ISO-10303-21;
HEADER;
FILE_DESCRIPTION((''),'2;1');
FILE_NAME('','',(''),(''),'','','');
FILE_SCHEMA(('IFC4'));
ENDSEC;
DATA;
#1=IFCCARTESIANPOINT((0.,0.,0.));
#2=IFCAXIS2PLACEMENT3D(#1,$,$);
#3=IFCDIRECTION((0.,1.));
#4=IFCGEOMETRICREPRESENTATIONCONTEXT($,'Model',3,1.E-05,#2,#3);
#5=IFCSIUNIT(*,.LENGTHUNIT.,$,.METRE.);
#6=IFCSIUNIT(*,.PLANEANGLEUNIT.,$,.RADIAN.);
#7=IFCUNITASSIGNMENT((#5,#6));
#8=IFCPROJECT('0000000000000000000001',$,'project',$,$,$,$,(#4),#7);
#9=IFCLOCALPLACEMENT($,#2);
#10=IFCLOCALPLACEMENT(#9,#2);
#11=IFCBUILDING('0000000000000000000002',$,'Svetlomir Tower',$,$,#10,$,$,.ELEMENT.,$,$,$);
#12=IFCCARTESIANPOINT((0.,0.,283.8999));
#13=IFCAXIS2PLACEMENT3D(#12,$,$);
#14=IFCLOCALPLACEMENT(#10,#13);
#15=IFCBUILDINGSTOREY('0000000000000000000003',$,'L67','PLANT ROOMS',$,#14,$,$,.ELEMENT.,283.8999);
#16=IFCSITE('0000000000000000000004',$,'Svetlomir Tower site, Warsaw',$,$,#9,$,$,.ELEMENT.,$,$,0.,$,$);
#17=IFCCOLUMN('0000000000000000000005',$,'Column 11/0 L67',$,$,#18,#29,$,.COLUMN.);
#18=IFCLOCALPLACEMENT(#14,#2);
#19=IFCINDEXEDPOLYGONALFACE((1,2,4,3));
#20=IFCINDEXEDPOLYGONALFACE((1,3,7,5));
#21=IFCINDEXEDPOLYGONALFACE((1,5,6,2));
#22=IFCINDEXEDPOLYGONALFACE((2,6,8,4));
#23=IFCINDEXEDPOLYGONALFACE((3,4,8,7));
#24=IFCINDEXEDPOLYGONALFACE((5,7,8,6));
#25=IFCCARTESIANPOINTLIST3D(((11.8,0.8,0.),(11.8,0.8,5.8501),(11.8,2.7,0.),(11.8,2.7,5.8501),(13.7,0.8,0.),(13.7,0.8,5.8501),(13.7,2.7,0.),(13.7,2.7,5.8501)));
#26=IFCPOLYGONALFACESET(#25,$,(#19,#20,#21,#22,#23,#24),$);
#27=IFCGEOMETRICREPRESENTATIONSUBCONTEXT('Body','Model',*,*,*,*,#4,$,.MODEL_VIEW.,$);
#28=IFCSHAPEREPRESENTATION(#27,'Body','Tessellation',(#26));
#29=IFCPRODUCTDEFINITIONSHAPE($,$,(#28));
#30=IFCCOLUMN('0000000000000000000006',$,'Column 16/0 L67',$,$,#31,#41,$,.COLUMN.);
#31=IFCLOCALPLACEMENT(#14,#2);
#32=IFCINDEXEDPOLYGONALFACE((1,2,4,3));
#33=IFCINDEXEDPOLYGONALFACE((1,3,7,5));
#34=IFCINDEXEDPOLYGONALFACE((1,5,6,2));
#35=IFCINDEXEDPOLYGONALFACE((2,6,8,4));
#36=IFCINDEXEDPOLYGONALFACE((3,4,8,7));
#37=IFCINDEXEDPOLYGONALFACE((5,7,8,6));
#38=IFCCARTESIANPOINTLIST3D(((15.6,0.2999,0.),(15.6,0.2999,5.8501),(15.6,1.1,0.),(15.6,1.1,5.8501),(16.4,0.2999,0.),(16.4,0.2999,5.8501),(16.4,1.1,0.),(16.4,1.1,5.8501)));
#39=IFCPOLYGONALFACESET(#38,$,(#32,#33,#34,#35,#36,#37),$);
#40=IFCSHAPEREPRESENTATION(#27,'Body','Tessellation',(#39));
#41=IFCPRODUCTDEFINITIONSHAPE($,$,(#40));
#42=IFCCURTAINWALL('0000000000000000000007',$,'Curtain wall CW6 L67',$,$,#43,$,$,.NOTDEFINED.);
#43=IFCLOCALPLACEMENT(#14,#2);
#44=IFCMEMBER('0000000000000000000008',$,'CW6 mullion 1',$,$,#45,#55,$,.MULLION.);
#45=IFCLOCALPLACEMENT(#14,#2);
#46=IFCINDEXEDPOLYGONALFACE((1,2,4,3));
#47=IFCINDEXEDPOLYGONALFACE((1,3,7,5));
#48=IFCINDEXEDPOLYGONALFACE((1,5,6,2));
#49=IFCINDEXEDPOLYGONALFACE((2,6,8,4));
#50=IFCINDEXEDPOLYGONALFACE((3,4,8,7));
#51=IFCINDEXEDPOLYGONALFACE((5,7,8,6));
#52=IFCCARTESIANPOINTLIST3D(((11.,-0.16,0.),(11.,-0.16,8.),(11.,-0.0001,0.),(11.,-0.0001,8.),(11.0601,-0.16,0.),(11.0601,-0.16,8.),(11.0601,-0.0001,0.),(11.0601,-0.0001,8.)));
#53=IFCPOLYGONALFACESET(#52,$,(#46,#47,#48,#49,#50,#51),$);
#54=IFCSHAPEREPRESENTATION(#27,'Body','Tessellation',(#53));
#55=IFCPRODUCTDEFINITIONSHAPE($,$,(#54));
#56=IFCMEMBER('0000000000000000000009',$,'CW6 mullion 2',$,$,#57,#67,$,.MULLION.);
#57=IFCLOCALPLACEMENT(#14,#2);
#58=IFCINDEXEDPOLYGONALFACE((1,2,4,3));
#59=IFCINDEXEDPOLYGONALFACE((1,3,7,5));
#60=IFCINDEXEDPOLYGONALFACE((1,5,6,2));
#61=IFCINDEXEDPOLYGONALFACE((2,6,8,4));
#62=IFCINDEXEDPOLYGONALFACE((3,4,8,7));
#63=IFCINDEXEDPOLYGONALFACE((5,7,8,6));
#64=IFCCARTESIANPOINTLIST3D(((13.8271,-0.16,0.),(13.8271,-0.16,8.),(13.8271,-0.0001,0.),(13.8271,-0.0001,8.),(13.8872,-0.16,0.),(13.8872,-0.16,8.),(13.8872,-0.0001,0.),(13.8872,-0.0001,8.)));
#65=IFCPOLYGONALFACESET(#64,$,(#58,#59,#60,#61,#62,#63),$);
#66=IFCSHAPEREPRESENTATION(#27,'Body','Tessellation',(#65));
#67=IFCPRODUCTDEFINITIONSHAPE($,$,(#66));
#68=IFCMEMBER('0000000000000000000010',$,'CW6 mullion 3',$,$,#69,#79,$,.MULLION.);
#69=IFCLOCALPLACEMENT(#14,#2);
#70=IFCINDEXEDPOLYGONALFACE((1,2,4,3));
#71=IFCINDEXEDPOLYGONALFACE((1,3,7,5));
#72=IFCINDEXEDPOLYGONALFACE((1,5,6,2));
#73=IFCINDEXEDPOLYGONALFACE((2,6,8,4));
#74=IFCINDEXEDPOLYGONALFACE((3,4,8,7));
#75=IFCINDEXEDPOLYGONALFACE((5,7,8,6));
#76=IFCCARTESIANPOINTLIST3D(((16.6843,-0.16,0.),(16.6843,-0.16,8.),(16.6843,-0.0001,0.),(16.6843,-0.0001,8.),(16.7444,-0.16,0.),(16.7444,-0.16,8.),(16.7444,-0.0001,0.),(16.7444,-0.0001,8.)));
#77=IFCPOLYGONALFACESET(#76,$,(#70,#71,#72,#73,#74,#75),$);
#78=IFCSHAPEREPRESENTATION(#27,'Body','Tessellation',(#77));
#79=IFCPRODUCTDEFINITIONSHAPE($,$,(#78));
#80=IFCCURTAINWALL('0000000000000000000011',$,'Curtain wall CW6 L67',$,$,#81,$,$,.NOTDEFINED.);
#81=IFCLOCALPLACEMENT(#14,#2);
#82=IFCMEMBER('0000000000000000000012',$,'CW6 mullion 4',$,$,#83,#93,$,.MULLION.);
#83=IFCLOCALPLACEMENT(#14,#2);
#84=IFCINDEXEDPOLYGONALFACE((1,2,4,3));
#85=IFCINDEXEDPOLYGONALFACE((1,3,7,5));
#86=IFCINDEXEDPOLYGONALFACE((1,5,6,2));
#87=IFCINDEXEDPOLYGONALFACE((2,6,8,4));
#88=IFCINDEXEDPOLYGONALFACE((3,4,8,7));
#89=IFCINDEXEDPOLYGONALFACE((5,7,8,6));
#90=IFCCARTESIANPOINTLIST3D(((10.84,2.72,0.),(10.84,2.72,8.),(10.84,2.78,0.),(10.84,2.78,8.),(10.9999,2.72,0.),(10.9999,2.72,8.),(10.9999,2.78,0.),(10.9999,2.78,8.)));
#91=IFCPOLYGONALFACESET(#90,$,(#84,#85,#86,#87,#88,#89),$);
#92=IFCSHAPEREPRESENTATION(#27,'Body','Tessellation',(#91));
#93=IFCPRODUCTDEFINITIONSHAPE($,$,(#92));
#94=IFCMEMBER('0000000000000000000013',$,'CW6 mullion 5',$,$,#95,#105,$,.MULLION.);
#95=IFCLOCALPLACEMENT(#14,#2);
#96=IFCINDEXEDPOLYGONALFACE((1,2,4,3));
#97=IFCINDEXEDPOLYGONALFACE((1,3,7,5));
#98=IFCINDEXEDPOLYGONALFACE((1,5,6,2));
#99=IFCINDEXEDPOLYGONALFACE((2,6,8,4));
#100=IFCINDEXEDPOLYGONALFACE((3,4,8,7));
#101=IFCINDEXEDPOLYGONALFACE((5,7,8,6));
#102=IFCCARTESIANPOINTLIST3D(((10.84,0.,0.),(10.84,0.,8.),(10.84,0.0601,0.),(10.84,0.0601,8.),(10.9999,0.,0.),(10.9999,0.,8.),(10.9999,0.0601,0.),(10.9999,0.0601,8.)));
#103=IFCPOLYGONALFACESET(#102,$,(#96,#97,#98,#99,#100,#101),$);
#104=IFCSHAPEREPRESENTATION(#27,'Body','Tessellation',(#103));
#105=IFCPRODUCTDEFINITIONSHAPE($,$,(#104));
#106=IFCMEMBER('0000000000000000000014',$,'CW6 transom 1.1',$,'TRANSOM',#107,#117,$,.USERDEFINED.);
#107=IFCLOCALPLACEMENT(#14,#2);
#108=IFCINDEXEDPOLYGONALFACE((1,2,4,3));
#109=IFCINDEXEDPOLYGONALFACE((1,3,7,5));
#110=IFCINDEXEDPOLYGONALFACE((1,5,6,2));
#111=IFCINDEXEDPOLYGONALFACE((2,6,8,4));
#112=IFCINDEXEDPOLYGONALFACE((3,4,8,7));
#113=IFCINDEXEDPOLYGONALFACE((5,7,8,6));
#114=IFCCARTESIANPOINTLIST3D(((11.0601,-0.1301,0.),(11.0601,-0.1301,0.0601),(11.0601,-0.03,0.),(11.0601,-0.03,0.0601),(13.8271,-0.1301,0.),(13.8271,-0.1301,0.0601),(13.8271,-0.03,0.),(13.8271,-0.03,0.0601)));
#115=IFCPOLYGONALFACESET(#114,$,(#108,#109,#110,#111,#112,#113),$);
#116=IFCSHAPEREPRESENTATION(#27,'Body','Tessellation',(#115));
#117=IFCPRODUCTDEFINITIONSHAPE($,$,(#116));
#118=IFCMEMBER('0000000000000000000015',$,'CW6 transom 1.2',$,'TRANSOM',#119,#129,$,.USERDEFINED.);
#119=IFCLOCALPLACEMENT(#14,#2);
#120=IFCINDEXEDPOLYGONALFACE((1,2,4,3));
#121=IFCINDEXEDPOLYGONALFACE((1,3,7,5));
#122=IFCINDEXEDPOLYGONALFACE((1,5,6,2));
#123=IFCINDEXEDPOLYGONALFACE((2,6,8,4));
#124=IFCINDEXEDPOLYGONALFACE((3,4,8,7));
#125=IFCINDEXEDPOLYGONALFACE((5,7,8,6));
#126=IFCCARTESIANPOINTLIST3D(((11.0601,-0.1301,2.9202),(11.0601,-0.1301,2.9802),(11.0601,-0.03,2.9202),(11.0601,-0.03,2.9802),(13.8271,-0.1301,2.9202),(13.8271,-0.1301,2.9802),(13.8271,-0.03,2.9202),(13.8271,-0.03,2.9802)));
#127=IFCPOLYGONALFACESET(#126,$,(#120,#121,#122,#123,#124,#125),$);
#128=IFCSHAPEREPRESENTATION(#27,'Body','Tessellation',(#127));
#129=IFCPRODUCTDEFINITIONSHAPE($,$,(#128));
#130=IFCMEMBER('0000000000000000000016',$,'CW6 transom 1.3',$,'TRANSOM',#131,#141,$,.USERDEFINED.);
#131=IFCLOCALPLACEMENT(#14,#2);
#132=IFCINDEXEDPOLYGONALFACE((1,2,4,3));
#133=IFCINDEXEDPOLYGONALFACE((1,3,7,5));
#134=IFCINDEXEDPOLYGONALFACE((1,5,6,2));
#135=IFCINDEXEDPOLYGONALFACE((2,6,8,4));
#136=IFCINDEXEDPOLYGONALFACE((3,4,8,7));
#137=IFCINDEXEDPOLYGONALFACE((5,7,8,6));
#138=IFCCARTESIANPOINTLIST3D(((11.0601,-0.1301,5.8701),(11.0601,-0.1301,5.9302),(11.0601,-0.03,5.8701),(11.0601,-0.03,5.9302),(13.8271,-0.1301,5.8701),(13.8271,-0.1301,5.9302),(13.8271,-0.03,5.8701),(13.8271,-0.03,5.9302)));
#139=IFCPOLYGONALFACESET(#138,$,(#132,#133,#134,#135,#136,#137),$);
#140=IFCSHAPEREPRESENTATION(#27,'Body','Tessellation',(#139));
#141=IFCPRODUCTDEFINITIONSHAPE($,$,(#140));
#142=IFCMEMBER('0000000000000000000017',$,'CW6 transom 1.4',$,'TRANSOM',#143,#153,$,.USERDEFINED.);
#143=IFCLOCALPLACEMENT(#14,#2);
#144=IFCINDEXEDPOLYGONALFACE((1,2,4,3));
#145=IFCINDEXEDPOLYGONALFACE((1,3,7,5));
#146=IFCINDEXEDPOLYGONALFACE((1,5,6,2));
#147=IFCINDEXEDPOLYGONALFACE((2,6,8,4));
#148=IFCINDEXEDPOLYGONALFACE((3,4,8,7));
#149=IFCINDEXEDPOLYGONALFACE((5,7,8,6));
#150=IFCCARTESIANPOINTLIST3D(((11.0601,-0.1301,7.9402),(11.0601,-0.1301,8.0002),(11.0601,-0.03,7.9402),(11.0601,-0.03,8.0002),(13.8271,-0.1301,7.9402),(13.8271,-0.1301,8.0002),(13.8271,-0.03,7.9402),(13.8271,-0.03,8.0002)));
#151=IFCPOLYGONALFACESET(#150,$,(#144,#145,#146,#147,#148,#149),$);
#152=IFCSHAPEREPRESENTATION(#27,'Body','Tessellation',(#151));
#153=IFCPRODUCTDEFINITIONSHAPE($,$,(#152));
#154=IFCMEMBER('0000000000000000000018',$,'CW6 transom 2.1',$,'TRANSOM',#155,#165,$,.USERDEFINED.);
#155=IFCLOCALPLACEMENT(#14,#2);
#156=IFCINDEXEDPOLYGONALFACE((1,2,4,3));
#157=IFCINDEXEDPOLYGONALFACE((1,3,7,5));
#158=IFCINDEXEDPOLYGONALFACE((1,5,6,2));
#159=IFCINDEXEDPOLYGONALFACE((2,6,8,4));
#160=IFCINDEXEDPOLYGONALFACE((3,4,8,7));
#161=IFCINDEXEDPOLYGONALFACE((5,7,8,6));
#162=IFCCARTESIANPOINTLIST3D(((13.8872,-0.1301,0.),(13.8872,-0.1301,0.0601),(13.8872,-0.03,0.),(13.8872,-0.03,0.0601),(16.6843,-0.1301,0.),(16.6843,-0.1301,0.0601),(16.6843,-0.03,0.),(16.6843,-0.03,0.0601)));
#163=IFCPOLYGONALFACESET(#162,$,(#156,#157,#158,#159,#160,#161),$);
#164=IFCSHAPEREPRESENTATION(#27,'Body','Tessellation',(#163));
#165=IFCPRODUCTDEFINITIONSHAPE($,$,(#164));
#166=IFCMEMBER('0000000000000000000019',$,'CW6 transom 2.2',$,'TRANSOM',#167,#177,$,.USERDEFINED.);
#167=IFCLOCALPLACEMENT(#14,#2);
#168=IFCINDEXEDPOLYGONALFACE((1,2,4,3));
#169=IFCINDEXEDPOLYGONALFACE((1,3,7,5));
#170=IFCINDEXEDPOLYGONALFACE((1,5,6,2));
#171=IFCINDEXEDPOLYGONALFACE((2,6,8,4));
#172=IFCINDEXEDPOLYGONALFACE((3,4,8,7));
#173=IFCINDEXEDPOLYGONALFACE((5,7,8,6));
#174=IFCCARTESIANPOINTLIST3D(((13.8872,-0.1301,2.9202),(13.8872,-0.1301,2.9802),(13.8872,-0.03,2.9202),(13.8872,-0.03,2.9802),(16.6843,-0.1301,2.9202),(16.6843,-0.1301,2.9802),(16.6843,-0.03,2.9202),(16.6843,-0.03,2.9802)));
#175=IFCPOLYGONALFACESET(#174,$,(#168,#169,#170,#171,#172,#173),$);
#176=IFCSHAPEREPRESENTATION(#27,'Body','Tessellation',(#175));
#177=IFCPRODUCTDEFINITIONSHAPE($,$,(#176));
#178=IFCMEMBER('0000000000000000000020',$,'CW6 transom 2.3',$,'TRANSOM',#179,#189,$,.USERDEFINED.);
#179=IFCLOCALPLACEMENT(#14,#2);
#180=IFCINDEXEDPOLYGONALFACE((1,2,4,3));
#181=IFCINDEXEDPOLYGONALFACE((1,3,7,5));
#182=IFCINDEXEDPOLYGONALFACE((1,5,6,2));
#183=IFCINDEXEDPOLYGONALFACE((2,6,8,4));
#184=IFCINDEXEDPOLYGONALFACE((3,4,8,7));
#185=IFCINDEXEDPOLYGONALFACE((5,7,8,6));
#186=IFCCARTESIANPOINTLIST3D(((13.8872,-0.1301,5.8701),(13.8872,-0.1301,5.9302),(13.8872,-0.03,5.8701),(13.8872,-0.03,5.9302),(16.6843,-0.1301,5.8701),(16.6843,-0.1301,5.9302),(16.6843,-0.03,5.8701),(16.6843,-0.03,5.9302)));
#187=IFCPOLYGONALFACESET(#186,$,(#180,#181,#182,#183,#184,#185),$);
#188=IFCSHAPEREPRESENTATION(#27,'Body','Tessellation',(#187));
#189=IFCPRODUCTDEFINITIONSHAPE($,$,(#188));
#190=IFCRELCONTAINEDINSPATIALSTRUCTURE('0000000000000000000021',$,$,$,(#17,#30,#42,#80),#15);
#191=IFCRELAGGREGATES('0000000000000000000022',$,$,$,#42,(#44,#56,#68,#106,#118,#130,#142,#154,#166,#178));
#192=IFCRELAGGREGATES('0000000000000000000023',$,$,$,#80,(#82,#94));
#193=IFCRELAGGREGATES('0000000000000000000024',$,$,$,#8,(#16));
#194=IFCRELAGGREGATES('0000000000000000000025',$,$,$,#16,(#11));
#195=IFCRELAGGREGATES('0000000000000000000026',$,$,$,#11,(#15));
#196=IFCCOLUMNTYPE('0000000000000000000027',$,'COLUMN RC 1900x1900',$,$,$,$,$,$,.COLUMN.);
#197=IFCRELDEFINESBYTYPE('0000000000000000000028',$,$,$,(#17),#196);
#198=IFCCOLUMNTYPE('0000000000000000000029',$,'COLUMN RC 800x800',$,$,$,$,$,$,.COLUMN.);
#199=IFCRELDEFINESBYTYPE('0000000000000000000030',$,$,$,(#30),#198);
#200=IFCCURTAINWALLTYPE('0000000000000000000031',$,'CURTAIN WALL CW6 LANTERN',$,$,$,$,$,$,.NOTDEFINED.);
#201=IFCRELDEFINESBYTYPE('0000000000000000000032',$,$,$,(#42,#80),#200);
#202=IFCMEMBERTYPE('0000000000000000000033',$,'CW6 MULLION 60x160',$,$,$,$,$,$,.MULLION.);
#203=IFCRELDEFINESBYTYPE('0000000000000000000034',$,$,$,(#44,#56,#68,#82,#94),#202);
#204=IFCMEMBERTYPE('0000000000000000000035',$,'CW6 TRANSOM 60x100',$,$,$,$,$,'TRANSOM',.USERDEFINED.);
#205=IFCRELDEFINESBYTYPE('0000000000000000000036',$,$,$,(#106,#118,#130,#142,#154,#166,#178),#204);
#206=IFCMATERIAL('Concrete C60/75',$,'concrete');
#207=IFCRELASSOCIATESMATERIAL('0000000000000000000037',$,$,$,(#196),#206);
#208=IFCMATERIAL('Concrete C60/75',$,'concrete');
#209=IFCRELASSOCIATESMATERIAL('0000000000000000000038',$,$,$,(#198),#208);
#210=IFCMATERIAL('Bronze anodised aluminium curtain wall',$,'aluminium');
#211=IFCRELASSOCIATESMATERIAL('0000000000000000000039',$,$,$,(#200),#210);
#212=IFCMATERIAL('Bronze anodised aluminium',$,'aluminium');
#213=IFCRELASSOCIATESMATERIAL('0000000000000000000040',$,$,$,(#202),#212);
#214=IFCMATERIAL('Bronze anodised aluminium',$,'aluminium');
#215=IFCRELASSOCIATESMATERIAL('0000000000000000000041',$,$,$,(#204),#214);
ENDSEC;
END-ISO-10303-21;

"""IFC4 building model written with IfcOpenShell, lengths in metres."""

from ifc_helpers import new_model, si_unit, direction, frame, origin, origin_2d, place, context, subcontext, project, spatial, rectangle, extrude, material, material_profile, profile_set, type_object, element, aggregate, save


model = new_model("IFC4")

# Units and contexts
model_context = context("Model", 3, precision=1e-05, world=origin(), true_north=direction((0.0, 1.0)))
body_context = subcontext(model_context, "Body", "Model", "MODEL_VIEW")
ifc_project = project(units=[si_unit("LENGTHUNIT", "METRE"), si_unit("PLANEANGLEUNIT", "RADIAN")], contexts=[model_context])

# Site, building, storey
site_placement = place(None, origin())
site = spatial("IfcSite", under=ifc_project, at=site_placement, Name="Svetlomir Tower site, Warsaw", CompositionType="ELEMENT", RefElevation=0.0)
building_placement = place(site_placement, origin())
building = spatial("IfcBuilding", under=site, at=building_placement, Name="Svetlomir Tower", CompositionType="ELEMENT")
storey_placement = place(building_placement, frame((0.0, 0.0, 283.8999)))
storey = spatial("IfcBuildingStorey", under=building, at=storey_placement, Name="L67", Description="PLANT ROOMS", CompositionType="ELEMENT", Elevation=283.8999)

# Columns
ifc_material_1 = material(Name="Concrete C60/75", Category="concrete")
ifc_material_profile_1 = material_profile(ifc_material_1, rectangle(XDim=1.8999, YDim=1.8999, at=origin_2d()), Name="RC 1900x1900")
ifc_profile_set_1 = profile_set([ifc_material_profile_1], Name="Concrete C60/75")
column_type_1 = type_object("IfcColumnType", Name="COLUMN RC 1900x1900", PredefinedType="COLUMN", material=ifc_profile_set_1)
column_1_placement = place(storey_placement, frame((12.75, 1.75, 0.0), z_axis=(0.0, 0.0, 1.0), x_axis=(1.0, 0.0, 0.0)))
element("IfcColumn", 1, at=column_1_placement, inside=storey, type_object=column_type_1, Name="Column 11/0 L67", PredefinedType="COLUMN", context=body_context, shape_type="SweptSolid", body=[
    extrude(rectangle(XDim=1.8999, YDim=1.8999, at=origin_2d()), origin(), (0.0, 0.0, 1.0), 5.8501),
])
ifc_material_2 = material(Name="Concrete C60/75", Category="concrete")
ifc_material_profile_2 = material_profile(ifc_material_2, rectangle(XDim=0.8, YDim=0.8, at=origin_2d()), Name="RC 800x800")
ifc_profile_set_2 = profile_set([ifc_material_profile_2], Name="Concrete C60/75")
column_type_2 = type_object("IfcColumnType", Name="COLUMN RC 800x800", PredefinedType="COLUMN", material=ifc_profile_set_2)
column_2_placement = place(storey_placement, frame((16.0, 0.7, 0.0), z_axis=(0.0, 0.0, 1.0), x_axis=(1.0, 0.0, 0.0)))
element("IfcColumn", 2, at=column_2_placement, inside=storey, type_object=column_type_2, Name="Column 16/0 L67", PredefinedType="COLUMN", context=body_context, shape_type="SweptSolid", body=[
    extrude(rectangle(XDim=0.8, YDim=0.8, at=origin_2d()), origin(), (0.0, 0.0, 1.0), 5.8501),
])

# Curtain walls, members
ifc_material_3 = material(Name="Bronze anodised aluminium curtain wall", Category="aluminium")
curtain_wall_type = type_object("IfcCurtainWallType", Name="CURTAIN WALL CW6 LANTERN", PredefinedType="NOTDEFINED", material=ifc_material_3)
curtain_wall_1_placement = place(storey_placement, origin())
curtain_wall_1 = element("IfcCurtainWall", 3, at=curtain_wall_1_placement, inside=storey, type_object=curtain_wall_type, Name="Curtain wall CW6 L67", PredefinedType="NOTDEFINED")
ifc_material_4 = material(Name="Bronze anodised aluminium", Category="aluminium")
ifc_material_profile_3 = material_profile(ifc_material_4, rectangle(XDim=0.0601, YDim=0.1599, at=origin_2d()), Name="AL 60x160")
ifc_profile_set_3 = profile_set([ifc_material_profile_3], Name="Bronze anodised aluminium 6063-T6")
member_type_1 = type_object("IfcMemberType", Name="CW6 MULLION 60x160", PredefinedType="MULLION", material=ifc_profile_set_3)
member_1_placement = place(storey_placement, frame((11.03, -0.0801, 0.0), z_axis=(0.0, 0.0, 1.0), x_axis=(1.0, 0.0, 0.0)))
member_1 = element("IfcMember", 4, at=member_1_placement, type_object=member_type_1, Name="CW6 mullion 1", PredefinedType="MULLION", context=body_context, shape_type="SweptSolid", body=[
    extrude(rectangle(XDim=0.0601, YDim=0.1599, at=origin_2d()), origin(), (0.0, 0.0, 1.0), 8.0),
])
member_2_placement = place(storey_placement, frame((13.8572, -0.0801, 0.0), z_axis=(0.0, 0.0, 1.0), x_axis=(1.0, 0.0, 0.0)))
member_2 = element("IfcMember", 5, at=member_2_placement, type_object=member_type_1, Name="CW6 mullion 2", PredefinedType="MULLION", context=body_context, shape_type="SweptSolid", body=[
    extrude(rectangle(XDim=0.0601, YDim=0.1599, at=origin_2d()), origin(), (0.0, 0.0, 1.0), 8.0),
])
member_3_placement = place(storey_placement, frame((16.7144, -0.0801, 0.0), z_axis=(0.0, 0.0, 1.0), x_axis=(1.0, 0.0, 0.0)))
member_3 = element("IfcMember", 6, at=member_3_placement, type_object=member_type_1, Name="CW6 mullion 3", PredefinedType="MULLION", context=body_context, shape_type="SweptSolid", body=[
    extrude(rectangle(XDim=0.0601, YDim=0.1599, at=origin_2d()), origin(), (0.0, 0.0, 1.0), 8.0),
])
curtain_wall_2_placement = place(storey_placement, origin())
curtain_wall_2 = element("IfcCurtainWall", 7, at=curtain_wall_2_placement, inside=storey, type_object=curtain_wall_type, Name="Curtain wall CW6 L67", PredefinedType="NOTDEFINED")
member_4_placement = place(storey_placement, frame((10.9199, 2.75, 0.0), z_axis=(0.0, 0.0, 1.0), x_axis=(0.0, -1.0, 0.0)))
member_4 = element("IfcMember", 8, at=member_4_placement, type_object=member_type_1, Name="CW6 mullion 4", PredefinedType="MULLION", context=body_context, shape_type="SweptSolid", body=[
    extrude(rectangle(XDim=0.0601, YDim=0.1599, at=origin_2d()), origin(), (0.0, 0.0, 1.0), 8.0),
])
member_5_placement = place(storey_placement, frame((10.9199, 0.03, 0.0), z_axis=(0.0, 0.0, 1.0), x_axis=(0.0, -1.0, 0.0)))
member_5 = element("IfcMember", 9, at=member_5_placement, type_object=member_type_1, Name="CW6 mullion 5", PredefinedType="MULLION", context=body_context, shape_type="SweptSolid", body=[
    extrude(rectangle(XDim=0.0601, YDim=0.1599, at=origin_2d()), origin(), (0.0, 0.0, 1.0), 8.0),
])

# Members
ifc_material_5 = material(Name="Bronze anodised aluminium", Category="aluminium")
ifc_material_profile_4 = material_profile(ifc_material_5, rectangle(XDim=0.1001, YDim=0.0601, at=origin_2d()), Name="AL 100x60")
ifc_profile_set_4 = profile_set([ifc_material_profile_4], Name="Bronze anodised aluminium 6063-T6")
member_type_2 = type_object("IfcMemberType", Name="CW6 TRANSOM 60x100", ElementType="TRANSOM", PredefinedType="USERDEFINED", material=ifc_profile_set_4)
member_6_placement = place(storey_placement, frame((11.0601, -0.0801, 0.03), z_axis=(1.0, 0.0, 0.0), x_axis=(0.0, 1.0, 0.0)))
member_6 = element("IfcMember", 10, at=member_6_placement, type_object=member_type_2, Name="CW6 transom 1.1", ObjectType="TRANSOM", PredefinedType="USERDEFINED", context=body_context, shape_type="SweptSolid", body=[
    extrude(rectangle(XDim=0.1001, YDim=0.0601, at=origin_2d()), origin(), (0.0, 0.0, 1.0), 2.7671),
])
member_7_placement = place(storey_placement, frame((11.0601, -0.0801, 2.9502), z_axis=(1.0, 0.0, 0.0), x_axis=(0.0, 1.0, 0.0)))
member_7 = element("IfcMember", 11, at=member_7_placement, type_object=member_type_2, Name="CW6 transom 1.2", ObjectType="TRANSOM", PredefinedType="USERDEFINED", context=body_context, shape_type="SweptSolid", body=[
    extrude(rectangle(XDim=0.1001, YDim=0.0601, at=origin_2d()), origin(), (0.0, 0.0, 1.0), 2.7671),
])
member_8_placement = place(storey_placement, frame((11.0601, -0.0801, 5.9001), z_axis=(1.0, 0.0, 0.0), x_axis=(0.0, 1.0, 0.0)))
member_8 = element("IfcMember", 12, at=member_8_placement, type_object=member_type_2, Name="CW6 transom 1.3", ObjectType="TRANSOM", PredefinedType="USERDEFINED", context=body_context, shape_type="SweptSolid", body=[
    extrude(rectangle(XDim=0.1001, YDim=0.0601, at=origin_2d()), origin(), (0.0, 0.0, 1.0), 2.7671),
])
member_9_placement = place(storey_placement, frame((11.0601, -0.0801, 7.9702), z_axis=(1.0, 0.0, 0.0), x_axis=(0.0, 1.0, 0.0)))
member_9 = element("IfcMember", 13, at=member_9_placement, type_object=member_type_2, Name="CW6 transom 1.4", ObjectType="TRANSOM", PredefinedType="USERDEFINED", context=body_context, shape_type="SweptSolid", body=[
    extrude(rectangle(XDim=0.1001, YDim=0.0601, at=origin_2d()), origin(), (0.0, 0.0, 1.0), 2.7671),
])
member_10_placement = place(storey_placement, frame((13.8872, -0.0801, 0.03), z_axis=(1.0, 0.0, 0.0), x_axis=(0.0, 1.0, 0.0)))
member_10 = element("IfcMember", 14, at=member_10_placement, type_object=member_type_2, Name="CW6 transom 2.1", ObjectType="TRANSOM", PredefinedType="USERDEFINED", context=body_context, shape_type="SweptSolid", body=[
    extrude(rectangle(XDim=0.1001, YDim=0.0601, at=origin_2d()), origin(), (0.0, 0.0, 1.0), 2.7971),
])
member_11_placement = place(storey_placement, frame((13.8872, -0.0801, 2.9502), z_axis=(1.0, 0.0, 0.0), x_axis=(0.0, 1.0, 0.0)))
member_11 = element("IfcMember", 15, at=member_11_placement, type_object=member_type_2, Name="CW6 transom 2.2", ObjectType="TRANSOM", PredefinedType="USERDEFINED", context=body_context, shape_type="SweptSolid", body=[
    extrude(rectangle(XDim=0.1001, YDim=0.0601, at=origin_2d()), origin(), (0.0, 0.0, 1.0), 2.7971),
])
member_12_placement = place(storey_placement, frame((13.8872, -0.0801, 5.9001), z_axis=(1.0, 0.0, 0.0), x_axis=(0.0, 1.0, 0.0)))
member_12 = element("IfcMember", 16, at=member_12_placement, type_object=member_type_2, Name="CW6 transom 2.3", ObjectType="TRANSOM", PredefinedType="USERDEFINED", context=body_context, shape_type="SweptSolid", body=[
    extrude(rectangle(XDim=0.1001, YDim=0.0601, at=origin_2d()), origin(), (0.0, 0.0, 1.0), 2.7971),
])

aggregate(curtain_wall_1, [member_1, member_2, member_3, member_6, member_7, member_8, member_9, member_10, member_11, member_12])
aggregate(curtain_wall_2, [member_4, member_5])

save(model, "model.ifc")
